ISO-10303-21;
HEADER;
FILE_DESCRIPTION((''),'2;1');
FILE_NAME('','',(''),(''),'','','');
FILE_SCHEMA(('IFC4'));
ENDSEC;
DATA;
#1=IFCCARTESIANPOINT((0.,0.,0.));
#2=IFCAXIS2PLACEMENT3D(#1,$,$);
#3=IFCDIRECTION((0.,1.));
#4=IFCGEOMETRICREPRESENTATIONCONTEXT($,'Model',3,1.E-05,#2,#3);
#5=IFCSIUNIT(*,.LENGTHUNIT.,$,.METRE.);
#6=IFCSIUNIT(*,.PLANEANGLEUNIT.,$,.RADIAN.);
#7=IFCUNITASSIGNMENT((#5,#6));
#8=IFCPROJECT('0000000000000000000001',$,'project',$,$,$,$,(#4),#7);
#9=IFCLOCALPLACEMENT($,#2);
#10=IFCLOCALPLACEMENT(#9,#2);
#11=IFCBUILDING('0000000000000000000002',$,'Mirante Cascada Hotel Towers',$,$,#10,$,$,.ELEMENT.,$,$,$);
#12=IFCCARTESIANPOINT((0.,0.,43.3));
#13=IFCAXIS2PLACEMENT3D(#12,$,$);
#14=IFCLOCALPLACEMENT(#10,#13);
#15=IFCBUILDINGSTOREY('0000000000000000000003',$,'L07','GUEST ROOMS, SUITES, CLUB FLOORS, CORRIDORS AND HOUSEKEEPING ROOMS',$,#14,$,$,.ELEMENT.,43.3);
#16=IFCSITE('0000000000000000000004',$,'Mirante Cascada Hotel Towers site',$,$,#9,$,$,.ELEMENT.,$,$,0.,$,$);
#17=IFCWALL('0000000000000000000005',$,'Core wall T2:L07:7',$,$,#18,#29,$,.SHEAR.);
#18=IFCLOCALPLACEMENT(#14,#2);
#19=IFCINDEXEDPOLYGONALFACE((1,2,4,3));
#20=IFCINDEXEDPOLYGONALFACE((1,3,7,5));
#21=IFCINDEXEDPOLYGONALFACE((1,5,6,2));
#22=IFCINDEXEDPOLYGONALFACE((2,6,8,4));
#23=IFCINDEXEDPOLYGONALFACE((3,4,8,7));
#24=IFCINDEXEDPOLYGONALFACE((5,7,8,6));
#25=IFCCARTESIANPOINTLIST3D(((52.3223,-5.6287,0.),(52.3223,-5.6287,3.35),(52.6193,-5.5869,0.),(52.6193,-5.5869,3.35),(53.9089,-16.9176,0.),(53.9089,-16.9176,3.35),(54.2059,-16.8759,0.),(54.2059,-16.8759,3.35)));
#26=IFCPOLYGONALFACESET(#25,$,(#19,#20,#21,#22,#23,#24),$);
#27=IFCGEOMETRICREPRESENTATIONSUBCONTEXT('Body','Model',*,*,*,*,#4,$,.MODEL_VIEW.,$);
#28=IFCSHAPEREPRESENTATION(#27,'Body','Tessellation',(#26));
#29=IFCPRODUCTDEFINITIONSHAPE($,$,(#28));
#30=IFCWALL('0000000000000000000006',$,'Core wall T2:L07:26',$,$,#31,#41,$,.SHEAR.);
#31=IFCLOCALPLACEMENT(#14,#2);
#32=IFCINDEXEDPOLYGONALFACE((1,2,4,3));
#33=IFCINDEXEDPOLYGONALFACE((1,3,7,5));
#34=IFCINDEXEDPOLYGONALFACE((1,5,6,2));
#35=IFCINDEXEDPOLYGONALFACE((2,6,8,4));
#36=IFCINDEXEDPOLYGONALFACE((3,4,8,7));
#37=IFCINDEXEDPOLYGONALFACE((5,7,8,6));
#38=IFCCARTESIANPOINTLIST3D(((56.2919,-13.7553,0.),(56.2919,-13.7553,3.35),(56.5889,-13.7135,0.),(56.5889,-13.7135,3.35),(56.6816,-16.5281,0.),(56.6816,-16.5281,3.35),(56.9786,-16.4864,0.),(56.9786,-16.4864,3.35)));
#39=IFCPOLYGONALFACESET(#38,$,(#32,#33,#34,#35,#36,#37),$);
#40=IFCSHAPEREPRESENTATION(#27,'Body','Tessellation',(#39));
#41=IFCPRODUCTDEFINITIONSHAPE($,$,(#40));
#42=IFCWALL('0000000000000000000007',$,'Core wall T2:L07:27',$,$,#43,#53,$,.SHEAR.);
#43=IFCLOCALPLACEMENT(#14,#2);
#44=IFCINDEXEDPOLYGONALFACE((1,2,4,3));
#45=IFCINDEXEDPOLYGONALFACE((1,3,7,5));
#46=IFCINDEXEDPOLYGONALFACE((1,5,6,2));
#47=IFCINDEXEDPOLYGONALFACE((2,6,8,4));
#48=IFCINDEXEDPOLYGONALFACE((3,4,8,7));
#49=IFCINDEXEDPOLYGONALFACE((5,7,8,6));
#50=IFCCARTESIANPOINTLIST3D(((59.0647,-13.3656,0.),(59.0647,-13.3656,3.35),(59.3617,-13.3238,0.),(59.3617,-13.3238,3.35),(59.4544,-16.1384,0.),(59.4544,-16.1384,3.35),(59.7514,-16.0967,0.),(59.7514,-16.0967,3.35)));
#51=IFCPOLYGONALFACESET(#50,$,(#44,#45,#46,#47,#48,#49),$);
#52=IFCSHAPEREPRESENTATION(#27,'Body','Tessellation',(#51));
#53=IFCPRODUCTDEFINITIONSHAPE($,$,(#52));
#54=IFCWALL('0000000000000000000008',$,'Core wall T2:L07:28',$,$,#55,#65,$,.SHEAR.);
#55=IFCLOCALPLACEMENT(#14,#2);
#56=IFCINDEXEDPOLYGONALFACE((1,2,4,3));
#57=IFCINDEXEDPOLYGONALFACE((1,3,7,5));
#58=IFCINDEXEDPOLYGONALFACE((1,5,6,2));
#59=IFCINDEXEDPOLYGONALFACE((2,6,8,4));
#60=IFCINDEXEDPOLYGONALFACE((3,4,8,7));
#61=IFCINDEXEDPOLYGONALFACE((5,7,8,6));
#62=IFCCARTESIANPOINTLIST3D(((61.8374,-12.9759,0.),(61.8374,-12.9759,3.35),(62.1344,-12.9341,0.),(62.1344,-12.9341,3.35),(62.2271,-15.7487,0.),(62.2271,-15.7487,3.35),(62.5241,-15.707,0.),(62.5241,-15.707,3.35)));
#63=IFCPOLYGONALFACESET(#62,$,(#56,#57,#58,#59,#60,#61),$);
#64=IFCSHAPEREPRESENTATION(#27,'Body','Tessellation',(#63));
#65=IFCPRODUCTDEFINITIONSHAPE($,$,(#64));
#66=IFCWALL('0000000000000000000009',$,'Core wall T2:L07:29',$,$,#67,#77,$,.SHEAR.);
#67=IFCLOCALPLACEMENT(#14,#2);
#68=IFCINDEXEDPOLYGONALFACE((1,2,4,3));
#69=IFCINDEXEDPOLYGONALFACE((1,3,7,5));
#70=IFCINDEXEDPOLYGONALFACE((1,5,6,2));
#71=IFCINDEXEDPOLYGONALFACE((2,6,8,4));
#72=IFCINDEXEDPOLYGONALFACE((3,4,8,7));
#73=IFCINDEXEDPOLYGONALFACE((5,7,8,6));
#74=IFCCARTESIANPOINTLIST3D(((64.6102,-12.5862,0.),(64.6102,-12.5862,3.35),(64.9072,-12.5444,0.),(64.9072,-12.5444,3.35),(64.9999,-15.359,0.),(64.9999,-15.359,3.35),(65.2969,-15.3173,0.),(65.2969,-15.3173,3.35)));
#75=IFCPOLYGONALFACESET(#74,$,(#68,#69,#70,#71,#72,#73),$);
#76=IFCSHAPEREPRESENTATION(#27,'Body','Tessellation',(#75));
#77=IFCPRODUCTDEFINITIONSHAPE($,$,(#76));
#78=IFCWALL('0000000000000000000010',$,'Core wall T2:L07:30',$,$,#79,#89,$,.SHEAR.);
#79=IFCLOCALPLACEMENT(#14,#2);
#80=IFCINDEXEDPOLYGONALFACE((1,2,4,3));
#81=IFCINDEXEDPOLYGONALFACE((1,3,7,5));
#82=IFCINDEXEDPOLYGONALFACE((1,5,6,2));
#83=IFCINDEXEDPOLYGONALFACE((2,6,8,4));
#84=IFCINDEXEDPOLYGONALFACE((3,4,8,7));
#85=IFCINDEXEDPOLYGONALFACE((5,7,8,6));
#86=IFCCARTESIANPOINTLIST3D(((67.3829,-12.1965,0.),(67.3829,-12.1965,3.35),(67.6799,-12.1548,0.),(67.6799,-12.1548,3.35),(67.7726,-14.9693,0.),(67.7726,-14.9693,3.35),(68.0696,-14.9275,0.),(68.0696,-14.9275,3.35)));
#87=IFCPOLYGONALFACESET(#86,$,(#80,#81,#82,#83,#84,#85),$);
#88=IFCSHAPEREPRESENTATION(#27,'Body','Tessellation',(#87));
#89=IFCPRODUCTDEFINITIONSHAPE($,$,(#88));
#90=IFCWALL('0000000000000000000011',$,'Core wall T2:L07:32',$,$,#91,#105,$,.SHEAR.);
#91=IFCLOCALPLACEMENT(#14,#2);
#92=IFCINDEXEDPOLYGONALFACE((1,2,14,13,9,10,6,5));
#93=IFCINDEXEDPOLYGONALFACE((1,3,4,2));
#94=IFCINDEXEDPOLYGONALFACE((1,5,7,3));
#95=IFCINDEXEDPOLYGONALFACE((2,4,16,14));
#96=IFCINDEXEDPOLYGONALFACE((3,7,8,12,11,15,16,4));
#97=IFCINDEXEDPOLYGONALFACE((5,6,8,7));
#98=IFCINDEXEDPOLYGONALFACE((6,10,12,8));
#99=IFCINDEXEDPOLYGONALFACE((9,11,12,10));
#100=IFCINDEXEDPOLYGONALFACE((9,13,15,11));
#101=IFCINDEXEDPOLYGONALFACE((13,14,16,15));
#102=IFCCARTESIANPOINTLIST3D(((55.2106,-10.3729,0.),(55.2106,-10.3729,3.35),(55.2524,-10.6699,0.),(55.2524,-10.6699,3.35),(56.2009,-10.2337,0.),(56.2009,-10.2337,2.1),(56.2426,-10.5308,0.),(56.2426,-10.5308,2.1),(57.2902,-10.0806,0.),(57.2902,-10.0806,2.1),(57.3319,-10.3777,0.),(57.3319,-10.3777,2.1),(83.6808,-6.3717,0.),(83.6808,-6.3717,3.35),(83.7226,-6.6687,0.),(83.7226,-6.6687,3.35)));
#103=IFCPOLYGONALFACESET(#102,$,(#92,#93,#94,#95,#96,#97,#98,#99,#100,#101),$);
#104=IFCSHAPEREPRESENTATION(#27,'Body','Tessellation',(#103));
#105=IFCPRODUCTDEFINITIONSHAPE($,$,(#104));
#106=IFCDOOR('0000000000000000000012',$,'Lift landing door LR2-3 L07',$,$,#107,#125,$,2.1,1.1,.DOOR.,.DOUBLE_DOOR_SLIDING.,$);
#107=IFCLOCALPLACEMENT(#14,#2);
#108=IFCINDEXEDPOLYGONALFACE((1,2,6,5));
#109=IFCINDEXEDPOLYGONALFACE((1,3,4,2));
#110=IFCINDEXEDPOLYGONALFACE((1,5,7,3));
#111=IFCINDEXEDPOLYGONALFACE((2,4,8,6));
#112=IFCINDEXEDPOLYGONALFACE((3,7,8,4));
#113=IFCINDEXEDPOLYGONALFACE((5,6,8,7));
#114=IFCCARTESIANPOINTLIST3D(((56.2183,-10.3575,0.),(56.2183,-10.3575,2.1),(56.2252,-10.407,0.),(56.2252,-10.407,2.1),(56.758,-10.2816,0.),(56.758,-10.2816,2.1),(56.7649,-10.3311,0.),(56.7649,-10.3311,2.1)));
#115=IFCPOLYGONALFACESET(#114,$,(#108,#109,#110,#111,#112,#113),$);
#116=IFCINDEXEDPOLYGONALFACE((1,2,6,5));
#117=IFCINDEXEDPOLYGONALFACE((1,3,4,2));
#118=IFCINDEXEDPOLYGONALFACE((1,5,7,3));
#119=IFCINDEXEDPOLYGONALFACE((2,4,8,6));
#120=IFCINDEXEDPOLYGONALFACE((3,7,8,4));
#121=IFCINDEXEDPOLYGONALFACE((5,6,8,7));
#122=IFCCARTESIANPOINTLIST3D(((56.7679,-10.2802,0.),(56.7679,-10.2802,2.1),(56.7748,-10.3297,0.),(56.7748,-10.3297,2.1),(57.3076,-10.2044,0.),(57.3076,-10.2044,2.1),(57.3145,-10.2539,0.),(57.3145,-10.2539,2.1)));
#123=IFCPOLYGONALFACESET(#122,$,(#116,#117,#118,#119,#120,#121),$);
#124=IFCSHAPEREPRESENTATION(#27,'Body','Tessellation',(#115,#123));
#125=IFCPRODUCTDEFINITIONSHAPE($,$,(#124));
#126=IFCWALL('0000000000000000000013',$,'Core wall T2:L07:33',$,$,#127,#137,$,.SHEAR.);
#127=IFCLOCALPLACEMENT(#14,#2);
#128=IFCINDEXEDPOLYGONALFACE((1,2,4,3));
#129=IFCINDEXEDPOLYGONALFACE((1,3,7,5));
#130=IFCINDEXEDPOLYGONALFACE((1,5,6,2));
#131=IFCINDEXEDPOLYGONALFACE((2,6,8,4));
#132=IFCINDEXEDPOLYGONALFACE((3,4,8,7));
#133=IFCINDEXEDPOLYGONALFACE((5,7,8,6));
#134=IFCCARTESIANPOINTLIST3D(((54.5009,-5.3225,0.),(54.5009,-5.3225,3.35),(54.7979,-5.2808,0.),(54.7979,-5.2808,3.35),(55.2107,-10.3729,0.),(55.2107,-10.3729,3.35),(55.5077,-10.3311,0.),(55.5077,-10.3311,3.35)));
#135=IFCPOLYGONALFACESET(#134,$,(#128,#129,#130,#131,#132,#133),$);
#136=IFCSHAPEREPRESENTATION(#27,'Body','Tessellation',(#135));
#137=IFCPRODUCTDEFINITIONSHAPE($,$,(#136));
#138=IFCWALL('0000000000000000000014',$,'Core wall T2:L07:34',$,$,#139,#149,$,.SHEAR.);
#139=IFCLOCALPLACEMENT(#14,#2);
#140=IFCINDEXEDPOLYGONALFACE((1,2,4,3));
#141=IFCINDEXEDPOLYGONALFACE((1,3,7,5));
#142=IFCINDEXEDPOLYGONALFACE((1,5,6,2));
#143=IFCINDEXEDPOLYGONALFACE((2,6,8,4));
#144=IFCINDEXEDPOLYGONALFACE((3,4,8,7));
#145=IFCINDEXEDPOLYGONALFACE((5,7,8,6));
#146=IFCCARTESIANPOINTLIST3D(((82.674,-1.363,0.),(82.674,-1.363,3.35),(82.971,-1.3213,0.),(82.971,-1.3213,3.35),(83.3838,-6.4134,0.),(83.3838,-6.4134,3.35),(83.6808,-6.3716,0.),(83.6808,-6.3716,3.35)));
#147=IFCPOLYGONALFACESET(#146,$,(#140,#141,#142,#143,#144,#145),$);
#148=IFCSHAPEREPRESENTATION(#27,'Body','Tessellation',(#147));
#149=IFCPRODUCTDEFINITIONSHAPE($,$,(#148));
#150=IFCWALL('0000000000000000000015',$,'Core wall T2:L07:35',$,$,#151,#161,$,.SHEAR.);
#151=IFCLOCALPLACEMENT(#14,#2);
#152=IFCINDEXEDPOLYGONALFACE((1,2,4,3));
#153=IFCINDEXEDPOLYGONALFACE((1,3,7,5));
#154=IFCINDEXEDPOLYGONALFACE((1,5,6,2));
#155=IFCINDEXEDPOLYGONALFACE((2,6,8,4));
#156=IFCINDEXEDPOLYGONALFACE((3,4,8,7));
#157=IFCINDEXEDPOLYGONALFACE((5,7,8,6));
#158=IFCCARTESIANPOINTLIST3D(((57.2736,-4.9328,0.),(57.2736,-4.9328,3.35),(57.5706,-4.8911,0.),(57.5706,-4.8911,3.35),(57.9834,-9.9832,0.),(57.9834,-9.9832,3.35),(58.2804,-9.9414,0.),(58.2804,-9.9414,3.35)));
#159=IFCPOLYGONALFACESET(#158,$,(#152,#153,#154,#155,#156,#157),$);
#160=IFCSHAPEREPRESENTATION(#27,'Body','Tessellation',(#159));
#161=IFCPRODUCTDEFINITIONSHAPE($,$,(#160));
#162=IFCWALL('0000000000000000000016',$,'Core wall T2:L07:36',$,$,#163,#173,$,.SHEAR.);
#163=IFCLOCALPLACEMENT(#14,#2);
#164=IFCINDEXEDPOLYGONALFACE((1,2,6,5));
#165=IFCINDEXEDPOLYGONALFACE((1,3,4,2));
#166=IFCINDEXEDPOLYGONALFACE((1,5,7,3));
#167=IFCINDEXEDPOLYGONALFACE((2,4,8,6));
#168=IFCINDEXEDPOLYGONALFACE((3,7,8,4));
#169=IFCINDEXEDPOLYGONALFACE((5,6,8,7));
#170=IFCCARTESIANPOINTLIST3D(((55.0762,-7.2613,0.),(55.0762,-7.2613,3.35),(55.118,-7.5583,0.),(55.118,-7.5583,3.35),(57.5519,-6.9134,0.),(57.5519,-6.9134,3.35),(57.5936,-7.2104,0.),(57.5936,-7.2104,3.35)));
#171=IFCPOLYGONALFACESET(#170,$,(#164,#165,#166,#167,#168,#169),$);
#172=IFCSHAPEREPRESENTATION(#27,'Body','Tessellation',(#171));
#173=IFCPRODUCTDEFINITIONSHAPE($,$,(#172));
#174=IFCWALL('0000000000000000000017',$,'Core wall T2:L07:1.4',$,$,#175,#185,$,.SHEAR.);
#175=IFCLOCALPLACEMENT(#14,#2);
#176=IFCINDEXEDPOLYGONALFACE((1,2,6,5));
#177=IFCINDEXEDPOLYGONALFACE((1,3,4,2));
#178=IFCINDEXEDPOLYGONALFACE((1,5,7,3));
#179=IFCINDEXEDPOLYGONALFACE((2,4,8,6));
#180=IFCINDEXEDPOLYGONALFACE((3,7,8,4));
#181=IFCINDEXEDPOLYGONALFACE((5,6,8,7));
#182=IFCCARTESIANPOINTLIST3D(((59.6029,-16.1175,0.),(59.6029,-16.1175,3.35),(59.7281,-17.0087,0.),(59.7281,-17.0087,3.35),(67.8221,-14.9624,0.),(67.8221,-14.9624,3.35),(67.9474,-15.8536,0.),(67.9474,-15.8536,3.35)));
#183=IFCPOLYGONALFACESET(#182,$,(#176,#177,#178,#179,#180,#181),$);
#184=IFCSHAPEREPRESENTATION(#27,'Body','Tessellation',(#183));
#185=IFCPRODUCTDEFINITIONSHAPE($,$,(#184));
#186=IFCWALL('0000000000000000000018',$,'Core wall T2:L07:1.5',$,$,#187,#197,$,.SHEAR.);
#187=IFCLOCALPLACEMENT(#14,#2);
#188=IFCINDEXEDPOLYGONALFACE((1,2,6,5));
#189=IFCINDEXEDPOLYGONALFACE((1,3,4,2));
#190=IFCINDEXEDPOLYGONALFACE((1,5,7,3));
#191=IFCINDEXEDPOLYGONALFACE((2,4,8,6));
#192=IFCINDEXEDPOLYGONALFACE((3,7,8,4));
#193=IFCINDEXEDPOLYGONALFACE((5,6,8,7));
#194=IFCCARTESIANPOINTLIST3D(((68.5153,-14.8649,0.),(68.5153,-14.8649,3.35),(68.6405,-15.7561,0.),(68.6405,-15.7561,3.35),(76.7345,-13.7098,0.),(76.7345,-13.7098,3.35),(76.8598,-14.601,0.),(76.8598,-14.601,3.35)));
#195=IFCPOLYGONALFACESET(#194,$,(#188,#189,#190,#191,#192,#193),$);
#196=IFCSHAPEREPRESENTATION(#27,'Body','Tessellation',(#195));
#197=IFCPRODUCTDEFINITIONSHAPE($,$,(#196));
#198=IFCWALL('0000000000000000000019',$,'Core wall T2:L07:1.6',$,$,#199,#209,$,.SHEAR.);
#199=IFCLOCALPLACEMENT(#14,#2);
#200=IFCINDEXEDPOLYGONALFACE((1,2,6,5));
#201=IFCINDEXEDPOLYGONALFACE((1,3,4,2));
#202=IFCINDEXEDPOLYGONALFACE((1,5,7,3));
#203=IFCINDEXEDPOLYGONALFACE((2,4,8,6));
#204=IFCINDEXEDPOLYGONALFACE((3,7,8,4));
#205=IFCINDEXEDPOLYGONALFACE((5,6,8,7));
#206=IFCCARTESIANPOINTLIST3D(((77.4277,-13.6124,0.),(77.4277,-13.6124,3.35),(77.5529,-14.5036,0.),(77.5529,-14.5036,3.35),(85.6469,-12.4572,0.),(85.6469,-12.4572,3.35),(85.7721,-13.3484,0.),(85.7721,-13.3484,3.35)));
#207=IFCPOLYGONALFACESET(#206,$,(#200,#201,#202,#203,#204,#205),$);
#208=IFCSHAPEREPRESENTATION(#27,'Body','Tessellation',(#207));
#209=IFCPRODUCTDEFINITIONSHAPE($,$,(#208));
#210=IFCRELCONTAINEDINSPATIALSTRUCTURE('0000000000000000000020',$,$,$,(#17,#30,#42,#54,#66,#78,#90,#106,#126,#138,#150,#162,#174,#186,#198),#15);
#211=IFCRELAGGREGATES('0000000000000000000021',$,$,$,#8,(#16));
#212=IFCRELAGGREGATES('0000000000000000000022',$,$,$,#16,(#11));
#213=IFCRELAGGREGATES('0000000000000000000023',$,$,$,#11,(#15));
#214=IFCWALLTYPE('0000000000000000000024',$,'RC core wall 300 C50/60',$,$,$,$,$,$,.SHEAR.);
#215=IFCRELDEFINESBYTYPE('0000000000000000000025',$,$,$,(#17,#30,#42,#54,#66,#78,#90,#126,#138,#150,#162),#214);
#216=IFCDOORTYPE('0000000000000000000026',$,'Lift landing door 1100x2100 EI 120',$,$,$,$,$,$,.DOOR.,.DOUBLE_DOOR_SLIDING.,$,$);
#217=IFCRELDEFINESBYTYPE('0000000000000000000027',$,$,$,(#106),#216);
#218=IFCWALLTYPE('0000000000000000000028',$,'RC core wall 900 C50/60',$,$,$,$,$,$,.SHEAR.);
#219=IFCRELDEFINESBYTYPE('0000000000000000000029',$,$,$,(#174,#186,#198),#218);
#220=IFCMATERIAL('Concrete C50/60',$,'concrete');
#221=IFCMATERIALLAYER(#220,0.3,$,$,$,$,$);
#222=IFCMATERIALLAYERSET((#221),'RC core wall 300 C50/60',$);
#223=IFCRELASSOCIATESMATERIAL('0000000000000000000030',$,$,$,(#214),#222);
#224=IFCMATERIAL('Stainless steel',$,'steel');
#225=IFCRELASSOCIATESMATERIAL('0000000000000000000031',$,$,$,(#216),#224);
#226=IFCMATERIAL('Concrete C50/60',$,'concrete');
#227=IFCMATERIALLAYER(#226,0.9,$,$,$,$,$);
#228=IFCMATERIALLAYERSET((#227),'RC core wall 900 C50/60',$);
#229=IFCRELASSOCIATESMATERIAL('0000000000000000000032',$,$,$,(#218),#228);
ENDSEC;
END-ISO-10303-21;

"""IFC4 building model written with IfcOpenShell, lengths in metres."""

from ifc_helpers import new_model, si_unit, direction, frame, frame_2d, origin, place, context, subcontext, project, spatial, rectangle, extrude, material, layer, layer_set, type_object, element, fill, save


model = new_model("IFC4")

# Units and contexts
model_context = context("Model", 3, precision=1e-05, world=origin(), true_north=direction((0.0, 1.0)))
body_context = subcontext(model_context, "Body", "Model", "MODEL_VIEW")
ifc_project = project(units=[si_unit("LENGTHUNIT", "METRE"), si_unit("PLANEANGLEUNIT", "RADIAN")], contexts=[model_context])

# Site, building, storey
site_placement = place(None, origin())
site = spatial("IfcSite", under=ifc_project, at=site_placement, Name="Mirante Cascada Hotel Towers site", CompositionType="ELEMENT", RefElevation=0.0)
building_placement = place(site_placement, origin())
building = spatial("IfcBuilding", under=site, at=building_placement, Name="Mirante Cascada Hotel Towers", CompositionType="ELEMENT")
storey_placement = place(building_placement, frame((0.0, 0.0, 43.3)))
storey = spatial("IfcBuildingStorey", under=building, at=storey_placement, Name="L07", Description="GUEST ROOMS, SUITES, CLUB FLOORS, CORRIDORS AND HOUSEKEEPING ROOMS", CompositionType="ELEMENT", Elevation=43.3)

# Walls
ifc_material_1 = material(Name="Concrete C50/60", Category="concrete")
ifc_layer_1 = layer(ifc_material_1, 0.3)
ifc_layer_set_1 = layer_set([ifc_layer_1], Name="RC core wall 300 C50/60")
wall_type_1 = type_object("IfcWallType", Name="RC core wall 300 C50/60", PredefinedType="SHEAR", material=ifc_layer_set_1)
wall_1_placement = place(storey_placement, frame((54.0574, -16.8968, 0.0), z_axis=(0.0, 0.0, 1.0), x_axis=(-0.139176, 0.990268, 0.0)))
element("IfcWall", 1, at=wall_1_placement, inside=storey, type_object=wall_type_1, Name="Core wall T2:L07:7", PredefinedType="SHEAR", context=body_context, shape_type="SweptSolid", body=[
    extrude(rectangle(XDim=11.3999, YDim=0.3, at=frame_2d((5.7, 0.0))), origin(), (0.0, 0.0, 1.0), 3.35),
])
for number, where, z_axis, x_axis, name in (
    (2, (56.8301, -16.5072, 0.0), (0.0, 0.0, 1.0), (-0.139176, 0.990268, 0.0), "Core wall T2:L07:26"),
    (3, (59.6029, -16.1175, 0.0), (0.0, 0.0, 1.0), (-0.139176, 0.990268, 0.0), "Core wall T2:L07:27"),
    (4, (62.3756, -15.7278, 0.0), (0.0, 0.0, 1.0), (-0.139176, 0.990268, 0.0), "Core wall T2:L07:28"),
    (5, (65.1484, -15.3381, 0.0), (0.0, 0.0, 1.0), (-0.139176, 0.990268, 0.0), "Core wall T2:L07:29"),
):
    element("IfcWall", number, at=place(storey_placement, frame(where, z_axis=z_axis, x_axis=x_axis)), inside=storey, type_object=wall_type_1, Name=name, PredefinedType="SHEAR", context=body_context, shape_type="SweptSolid", body=[
        extrude(rectangle(XDim=2.8001, YDim=0.3, at=frame_2d((1.4, 0.0))), origin(), (0.0, 0.0, 1.0), 3.35),
    ])
wall_2_placement = place(storey_placement, frame((67.9211, -14.9484, 0.0), z_axis=(0.0, 0.0, 1.0), x_axis=(-0.139181, 0.990267, 0.0)))
element("IfcWall", 6, at=wall_2_placement, inside=storey, type_object=wall_type_1, Name="Core wall T2:L07:30", PredefinedType="SHEAR", context=body_context, shape_type="SweptSolid", body=[
    extrude(rectangle(XDim=2.8, YDim=0.3, at=frame_2d((1.4, 0.0))), origin(), (0.0, 0.0, 1.0), 3.35),
])

# Wall, opening, door
wall_3_placement = place(storey_placement, frame((55.2315, -10.5214, 0.0), z_axis=(0.0, 0.0, 1.0), x_axis=(0.990268, 0.139172, 0.0)))
wall_3 = element("IfcWall", 7, at=wall_3_placement, inside=storey, type_object=wall_type_1, Name="Core wall T2:L07:32", PredefinedType="SHEAR", context=body_context, shape_type="SweptSolid", body=[
    extrude(rectangle(XDim=28.75, YDim=0.3, at=frame_2d((14.375, 0.0))), origin(), (0.0, 0.0, 1.0), 3.35),
])
opening_1_placement = place(wall_3_placement, frame((1.0, 0.0, 0.0)))
opening_1 = element("IfcOpeningElement", 8, at=opening_1_placement, cuts=wall_3, PredefinedType="OPENING", context=body_context, shape_type="SweptSolid", body=[
    extrude(rectangle(XDim=1.1, YDim=2.1, at=frame_2d((0.55, 1.05))), frame((0.0, 0.15, 0.0), z_axis=(0.0, -1.0, 0.0), x_axis=(1.0, 0.0, 0.0)), (0.0, 0.0, 1.0), 0.3),
])
ifc_material_2 = material(Name="Stainless steel", Category="steel")
door_type_1 = type_object("IfcDoorType", Name="Lift landing door 1100x2100 EI 120", OperationType="DOUBLE_DOOR_SLIDING", PredefinedType="DOOR", material=ifc_material_2)
door_1_placement = place(opening_1_placement, origin())
door_1 = element("IfcDoor", 9, at=door_1_placement, inside=storey, type_object=door_type_1, Name="Lift landing door LR2-3 L07", OperationType="DOUBLE_DOOR_SLIDING", OverallHeight=2.1, OverallWidth=1.1, PredefinedType="DOOR", context=body_context, shape_type="SweptSolid", body=[
    extrude(rectangle(XDim=0.545, YDim=2.1, at=frame_2d((0.2725, 1.05))), frame((0.0, 0.025, 0.0), z_axis=(0.0, -1.0, 0.0), x_axis=(1.0, 0.0, 0.0)), (0.0, 0.0, 1.0), 0.05),
    extrude(rectangle(XDim=0.545, YDim=2.1, at=frame_2d((0.8275, 1.05))), frame((0.0, 0.025, 0.0), z_axis=(0.0, -1.0, 0.0), x_axis=(1.0, 0.0, 0.0)), (0.0, 0.0, 1.0), 0.05),
])
fill(opening_1, door_1)

# Walls
for number, where, z_axis, x_axis, name in (
    (10, (55.3592, -10.352, 0.0), (0.0, 0.0, 1.0), (-0.139176, 0.990268, 0.0), "Core wall T2:L07:33"),
    (11, (83.5323, -6.3925, 0.0), (0.0, 0.0, 1.0), (-0.139176, 0.990268, 0.0), "Core wall T2:L07:34"),
    (12, (58.1319, -9.9623, 0.0), (0.0, 0.0, 1.0), (-0.139176, 0.990268, 0.0), "Core wall T2:L07:35"),
):
    element("IfcWall", number, at=place(storey_placement, frame(where, z_axis=z_axis, x_axis=x_axis)), inside=storey, type_object=wall_type_1, Name=name, PredefinedType="SHEAR", context=body_context, shape_type="SweptSolid", body=[
        extrude(rectangle(XDim=5.1, YDim=0.3, at=frame_2d((2.55, 0.0))), origin(), (0.0, 0.0, 1.0), 3.35),
    ])
wall_4_placement = place(storey_placement, frame((55.0971, -7.4098, 0.0), z_axis=(0.0, 0.0, 1.0), x_axis=(0.99027, 0.139159, 0.0)))
element("IfcWall", 13, at=wall_4_placement, inside=storey, type_object=wall_type_1, Name="Core wall T2:L07:36", PredefinedType="SHEAR", context=body_context, shape_type="SweptSolid", body=[
    extrude(rectangle(XDim=2.5, YDim=0.3, at=frame_2d((1.25, 0.0))), origin(), (0.0, 0.0, 1.0), 3.35),
])
ifc_material_3 = material(Name="Concrete C50/60", Category="concrete")
ifc_layer_2 = layer(ifc_material_3, 0.9)
ifc_layer_set_2 = layer_set([ifc_layer_2], Name="RC core wall 900 C50/60")
wall_type_2 = type_object("IfcWallType", Name="RC core wall 900 C50/60", PredefinedType="SHEAR", material=ifc_layer_set_2)
for number, where, z_axis, x_axis, name in (
    (14, (59.6655, -16.5631, 0.0), (0.0, 0.0, 1.0), (0.990269, 0.139169, 0.0), "Core wall T2:L07:1.4"),
    (15, (68.5779, -15.3105, 0.0), (0.0, 0.0, 1.0), (0.990269, 0.139169, 0.0), "Core wall T2:L07:1.5"),
    (16, (77.4903, -14.058, 0.0), (0.0, 0.0, 1.0), (0.990267, 0.139181, 0.0), "Core wall T2:L07:1.6"),
):
    element("IfcWall", number, at=place(storey_placement, frame(where, z_axis=z_axis, x_axis=x_axis)), inside=storey, type_object=wall_type_2, Name=name, PredefinedType="SHEAR", context=body_context, shape_type="SweptSolid", body=[
        extrude(rectangle(XDim=8.3, YDim=0.9, at=frame_2d((4.15, 0.0))), origin(), (0.0, 0.0, 1.0), 3.35),
    ])

save(model, "model.ifc")
